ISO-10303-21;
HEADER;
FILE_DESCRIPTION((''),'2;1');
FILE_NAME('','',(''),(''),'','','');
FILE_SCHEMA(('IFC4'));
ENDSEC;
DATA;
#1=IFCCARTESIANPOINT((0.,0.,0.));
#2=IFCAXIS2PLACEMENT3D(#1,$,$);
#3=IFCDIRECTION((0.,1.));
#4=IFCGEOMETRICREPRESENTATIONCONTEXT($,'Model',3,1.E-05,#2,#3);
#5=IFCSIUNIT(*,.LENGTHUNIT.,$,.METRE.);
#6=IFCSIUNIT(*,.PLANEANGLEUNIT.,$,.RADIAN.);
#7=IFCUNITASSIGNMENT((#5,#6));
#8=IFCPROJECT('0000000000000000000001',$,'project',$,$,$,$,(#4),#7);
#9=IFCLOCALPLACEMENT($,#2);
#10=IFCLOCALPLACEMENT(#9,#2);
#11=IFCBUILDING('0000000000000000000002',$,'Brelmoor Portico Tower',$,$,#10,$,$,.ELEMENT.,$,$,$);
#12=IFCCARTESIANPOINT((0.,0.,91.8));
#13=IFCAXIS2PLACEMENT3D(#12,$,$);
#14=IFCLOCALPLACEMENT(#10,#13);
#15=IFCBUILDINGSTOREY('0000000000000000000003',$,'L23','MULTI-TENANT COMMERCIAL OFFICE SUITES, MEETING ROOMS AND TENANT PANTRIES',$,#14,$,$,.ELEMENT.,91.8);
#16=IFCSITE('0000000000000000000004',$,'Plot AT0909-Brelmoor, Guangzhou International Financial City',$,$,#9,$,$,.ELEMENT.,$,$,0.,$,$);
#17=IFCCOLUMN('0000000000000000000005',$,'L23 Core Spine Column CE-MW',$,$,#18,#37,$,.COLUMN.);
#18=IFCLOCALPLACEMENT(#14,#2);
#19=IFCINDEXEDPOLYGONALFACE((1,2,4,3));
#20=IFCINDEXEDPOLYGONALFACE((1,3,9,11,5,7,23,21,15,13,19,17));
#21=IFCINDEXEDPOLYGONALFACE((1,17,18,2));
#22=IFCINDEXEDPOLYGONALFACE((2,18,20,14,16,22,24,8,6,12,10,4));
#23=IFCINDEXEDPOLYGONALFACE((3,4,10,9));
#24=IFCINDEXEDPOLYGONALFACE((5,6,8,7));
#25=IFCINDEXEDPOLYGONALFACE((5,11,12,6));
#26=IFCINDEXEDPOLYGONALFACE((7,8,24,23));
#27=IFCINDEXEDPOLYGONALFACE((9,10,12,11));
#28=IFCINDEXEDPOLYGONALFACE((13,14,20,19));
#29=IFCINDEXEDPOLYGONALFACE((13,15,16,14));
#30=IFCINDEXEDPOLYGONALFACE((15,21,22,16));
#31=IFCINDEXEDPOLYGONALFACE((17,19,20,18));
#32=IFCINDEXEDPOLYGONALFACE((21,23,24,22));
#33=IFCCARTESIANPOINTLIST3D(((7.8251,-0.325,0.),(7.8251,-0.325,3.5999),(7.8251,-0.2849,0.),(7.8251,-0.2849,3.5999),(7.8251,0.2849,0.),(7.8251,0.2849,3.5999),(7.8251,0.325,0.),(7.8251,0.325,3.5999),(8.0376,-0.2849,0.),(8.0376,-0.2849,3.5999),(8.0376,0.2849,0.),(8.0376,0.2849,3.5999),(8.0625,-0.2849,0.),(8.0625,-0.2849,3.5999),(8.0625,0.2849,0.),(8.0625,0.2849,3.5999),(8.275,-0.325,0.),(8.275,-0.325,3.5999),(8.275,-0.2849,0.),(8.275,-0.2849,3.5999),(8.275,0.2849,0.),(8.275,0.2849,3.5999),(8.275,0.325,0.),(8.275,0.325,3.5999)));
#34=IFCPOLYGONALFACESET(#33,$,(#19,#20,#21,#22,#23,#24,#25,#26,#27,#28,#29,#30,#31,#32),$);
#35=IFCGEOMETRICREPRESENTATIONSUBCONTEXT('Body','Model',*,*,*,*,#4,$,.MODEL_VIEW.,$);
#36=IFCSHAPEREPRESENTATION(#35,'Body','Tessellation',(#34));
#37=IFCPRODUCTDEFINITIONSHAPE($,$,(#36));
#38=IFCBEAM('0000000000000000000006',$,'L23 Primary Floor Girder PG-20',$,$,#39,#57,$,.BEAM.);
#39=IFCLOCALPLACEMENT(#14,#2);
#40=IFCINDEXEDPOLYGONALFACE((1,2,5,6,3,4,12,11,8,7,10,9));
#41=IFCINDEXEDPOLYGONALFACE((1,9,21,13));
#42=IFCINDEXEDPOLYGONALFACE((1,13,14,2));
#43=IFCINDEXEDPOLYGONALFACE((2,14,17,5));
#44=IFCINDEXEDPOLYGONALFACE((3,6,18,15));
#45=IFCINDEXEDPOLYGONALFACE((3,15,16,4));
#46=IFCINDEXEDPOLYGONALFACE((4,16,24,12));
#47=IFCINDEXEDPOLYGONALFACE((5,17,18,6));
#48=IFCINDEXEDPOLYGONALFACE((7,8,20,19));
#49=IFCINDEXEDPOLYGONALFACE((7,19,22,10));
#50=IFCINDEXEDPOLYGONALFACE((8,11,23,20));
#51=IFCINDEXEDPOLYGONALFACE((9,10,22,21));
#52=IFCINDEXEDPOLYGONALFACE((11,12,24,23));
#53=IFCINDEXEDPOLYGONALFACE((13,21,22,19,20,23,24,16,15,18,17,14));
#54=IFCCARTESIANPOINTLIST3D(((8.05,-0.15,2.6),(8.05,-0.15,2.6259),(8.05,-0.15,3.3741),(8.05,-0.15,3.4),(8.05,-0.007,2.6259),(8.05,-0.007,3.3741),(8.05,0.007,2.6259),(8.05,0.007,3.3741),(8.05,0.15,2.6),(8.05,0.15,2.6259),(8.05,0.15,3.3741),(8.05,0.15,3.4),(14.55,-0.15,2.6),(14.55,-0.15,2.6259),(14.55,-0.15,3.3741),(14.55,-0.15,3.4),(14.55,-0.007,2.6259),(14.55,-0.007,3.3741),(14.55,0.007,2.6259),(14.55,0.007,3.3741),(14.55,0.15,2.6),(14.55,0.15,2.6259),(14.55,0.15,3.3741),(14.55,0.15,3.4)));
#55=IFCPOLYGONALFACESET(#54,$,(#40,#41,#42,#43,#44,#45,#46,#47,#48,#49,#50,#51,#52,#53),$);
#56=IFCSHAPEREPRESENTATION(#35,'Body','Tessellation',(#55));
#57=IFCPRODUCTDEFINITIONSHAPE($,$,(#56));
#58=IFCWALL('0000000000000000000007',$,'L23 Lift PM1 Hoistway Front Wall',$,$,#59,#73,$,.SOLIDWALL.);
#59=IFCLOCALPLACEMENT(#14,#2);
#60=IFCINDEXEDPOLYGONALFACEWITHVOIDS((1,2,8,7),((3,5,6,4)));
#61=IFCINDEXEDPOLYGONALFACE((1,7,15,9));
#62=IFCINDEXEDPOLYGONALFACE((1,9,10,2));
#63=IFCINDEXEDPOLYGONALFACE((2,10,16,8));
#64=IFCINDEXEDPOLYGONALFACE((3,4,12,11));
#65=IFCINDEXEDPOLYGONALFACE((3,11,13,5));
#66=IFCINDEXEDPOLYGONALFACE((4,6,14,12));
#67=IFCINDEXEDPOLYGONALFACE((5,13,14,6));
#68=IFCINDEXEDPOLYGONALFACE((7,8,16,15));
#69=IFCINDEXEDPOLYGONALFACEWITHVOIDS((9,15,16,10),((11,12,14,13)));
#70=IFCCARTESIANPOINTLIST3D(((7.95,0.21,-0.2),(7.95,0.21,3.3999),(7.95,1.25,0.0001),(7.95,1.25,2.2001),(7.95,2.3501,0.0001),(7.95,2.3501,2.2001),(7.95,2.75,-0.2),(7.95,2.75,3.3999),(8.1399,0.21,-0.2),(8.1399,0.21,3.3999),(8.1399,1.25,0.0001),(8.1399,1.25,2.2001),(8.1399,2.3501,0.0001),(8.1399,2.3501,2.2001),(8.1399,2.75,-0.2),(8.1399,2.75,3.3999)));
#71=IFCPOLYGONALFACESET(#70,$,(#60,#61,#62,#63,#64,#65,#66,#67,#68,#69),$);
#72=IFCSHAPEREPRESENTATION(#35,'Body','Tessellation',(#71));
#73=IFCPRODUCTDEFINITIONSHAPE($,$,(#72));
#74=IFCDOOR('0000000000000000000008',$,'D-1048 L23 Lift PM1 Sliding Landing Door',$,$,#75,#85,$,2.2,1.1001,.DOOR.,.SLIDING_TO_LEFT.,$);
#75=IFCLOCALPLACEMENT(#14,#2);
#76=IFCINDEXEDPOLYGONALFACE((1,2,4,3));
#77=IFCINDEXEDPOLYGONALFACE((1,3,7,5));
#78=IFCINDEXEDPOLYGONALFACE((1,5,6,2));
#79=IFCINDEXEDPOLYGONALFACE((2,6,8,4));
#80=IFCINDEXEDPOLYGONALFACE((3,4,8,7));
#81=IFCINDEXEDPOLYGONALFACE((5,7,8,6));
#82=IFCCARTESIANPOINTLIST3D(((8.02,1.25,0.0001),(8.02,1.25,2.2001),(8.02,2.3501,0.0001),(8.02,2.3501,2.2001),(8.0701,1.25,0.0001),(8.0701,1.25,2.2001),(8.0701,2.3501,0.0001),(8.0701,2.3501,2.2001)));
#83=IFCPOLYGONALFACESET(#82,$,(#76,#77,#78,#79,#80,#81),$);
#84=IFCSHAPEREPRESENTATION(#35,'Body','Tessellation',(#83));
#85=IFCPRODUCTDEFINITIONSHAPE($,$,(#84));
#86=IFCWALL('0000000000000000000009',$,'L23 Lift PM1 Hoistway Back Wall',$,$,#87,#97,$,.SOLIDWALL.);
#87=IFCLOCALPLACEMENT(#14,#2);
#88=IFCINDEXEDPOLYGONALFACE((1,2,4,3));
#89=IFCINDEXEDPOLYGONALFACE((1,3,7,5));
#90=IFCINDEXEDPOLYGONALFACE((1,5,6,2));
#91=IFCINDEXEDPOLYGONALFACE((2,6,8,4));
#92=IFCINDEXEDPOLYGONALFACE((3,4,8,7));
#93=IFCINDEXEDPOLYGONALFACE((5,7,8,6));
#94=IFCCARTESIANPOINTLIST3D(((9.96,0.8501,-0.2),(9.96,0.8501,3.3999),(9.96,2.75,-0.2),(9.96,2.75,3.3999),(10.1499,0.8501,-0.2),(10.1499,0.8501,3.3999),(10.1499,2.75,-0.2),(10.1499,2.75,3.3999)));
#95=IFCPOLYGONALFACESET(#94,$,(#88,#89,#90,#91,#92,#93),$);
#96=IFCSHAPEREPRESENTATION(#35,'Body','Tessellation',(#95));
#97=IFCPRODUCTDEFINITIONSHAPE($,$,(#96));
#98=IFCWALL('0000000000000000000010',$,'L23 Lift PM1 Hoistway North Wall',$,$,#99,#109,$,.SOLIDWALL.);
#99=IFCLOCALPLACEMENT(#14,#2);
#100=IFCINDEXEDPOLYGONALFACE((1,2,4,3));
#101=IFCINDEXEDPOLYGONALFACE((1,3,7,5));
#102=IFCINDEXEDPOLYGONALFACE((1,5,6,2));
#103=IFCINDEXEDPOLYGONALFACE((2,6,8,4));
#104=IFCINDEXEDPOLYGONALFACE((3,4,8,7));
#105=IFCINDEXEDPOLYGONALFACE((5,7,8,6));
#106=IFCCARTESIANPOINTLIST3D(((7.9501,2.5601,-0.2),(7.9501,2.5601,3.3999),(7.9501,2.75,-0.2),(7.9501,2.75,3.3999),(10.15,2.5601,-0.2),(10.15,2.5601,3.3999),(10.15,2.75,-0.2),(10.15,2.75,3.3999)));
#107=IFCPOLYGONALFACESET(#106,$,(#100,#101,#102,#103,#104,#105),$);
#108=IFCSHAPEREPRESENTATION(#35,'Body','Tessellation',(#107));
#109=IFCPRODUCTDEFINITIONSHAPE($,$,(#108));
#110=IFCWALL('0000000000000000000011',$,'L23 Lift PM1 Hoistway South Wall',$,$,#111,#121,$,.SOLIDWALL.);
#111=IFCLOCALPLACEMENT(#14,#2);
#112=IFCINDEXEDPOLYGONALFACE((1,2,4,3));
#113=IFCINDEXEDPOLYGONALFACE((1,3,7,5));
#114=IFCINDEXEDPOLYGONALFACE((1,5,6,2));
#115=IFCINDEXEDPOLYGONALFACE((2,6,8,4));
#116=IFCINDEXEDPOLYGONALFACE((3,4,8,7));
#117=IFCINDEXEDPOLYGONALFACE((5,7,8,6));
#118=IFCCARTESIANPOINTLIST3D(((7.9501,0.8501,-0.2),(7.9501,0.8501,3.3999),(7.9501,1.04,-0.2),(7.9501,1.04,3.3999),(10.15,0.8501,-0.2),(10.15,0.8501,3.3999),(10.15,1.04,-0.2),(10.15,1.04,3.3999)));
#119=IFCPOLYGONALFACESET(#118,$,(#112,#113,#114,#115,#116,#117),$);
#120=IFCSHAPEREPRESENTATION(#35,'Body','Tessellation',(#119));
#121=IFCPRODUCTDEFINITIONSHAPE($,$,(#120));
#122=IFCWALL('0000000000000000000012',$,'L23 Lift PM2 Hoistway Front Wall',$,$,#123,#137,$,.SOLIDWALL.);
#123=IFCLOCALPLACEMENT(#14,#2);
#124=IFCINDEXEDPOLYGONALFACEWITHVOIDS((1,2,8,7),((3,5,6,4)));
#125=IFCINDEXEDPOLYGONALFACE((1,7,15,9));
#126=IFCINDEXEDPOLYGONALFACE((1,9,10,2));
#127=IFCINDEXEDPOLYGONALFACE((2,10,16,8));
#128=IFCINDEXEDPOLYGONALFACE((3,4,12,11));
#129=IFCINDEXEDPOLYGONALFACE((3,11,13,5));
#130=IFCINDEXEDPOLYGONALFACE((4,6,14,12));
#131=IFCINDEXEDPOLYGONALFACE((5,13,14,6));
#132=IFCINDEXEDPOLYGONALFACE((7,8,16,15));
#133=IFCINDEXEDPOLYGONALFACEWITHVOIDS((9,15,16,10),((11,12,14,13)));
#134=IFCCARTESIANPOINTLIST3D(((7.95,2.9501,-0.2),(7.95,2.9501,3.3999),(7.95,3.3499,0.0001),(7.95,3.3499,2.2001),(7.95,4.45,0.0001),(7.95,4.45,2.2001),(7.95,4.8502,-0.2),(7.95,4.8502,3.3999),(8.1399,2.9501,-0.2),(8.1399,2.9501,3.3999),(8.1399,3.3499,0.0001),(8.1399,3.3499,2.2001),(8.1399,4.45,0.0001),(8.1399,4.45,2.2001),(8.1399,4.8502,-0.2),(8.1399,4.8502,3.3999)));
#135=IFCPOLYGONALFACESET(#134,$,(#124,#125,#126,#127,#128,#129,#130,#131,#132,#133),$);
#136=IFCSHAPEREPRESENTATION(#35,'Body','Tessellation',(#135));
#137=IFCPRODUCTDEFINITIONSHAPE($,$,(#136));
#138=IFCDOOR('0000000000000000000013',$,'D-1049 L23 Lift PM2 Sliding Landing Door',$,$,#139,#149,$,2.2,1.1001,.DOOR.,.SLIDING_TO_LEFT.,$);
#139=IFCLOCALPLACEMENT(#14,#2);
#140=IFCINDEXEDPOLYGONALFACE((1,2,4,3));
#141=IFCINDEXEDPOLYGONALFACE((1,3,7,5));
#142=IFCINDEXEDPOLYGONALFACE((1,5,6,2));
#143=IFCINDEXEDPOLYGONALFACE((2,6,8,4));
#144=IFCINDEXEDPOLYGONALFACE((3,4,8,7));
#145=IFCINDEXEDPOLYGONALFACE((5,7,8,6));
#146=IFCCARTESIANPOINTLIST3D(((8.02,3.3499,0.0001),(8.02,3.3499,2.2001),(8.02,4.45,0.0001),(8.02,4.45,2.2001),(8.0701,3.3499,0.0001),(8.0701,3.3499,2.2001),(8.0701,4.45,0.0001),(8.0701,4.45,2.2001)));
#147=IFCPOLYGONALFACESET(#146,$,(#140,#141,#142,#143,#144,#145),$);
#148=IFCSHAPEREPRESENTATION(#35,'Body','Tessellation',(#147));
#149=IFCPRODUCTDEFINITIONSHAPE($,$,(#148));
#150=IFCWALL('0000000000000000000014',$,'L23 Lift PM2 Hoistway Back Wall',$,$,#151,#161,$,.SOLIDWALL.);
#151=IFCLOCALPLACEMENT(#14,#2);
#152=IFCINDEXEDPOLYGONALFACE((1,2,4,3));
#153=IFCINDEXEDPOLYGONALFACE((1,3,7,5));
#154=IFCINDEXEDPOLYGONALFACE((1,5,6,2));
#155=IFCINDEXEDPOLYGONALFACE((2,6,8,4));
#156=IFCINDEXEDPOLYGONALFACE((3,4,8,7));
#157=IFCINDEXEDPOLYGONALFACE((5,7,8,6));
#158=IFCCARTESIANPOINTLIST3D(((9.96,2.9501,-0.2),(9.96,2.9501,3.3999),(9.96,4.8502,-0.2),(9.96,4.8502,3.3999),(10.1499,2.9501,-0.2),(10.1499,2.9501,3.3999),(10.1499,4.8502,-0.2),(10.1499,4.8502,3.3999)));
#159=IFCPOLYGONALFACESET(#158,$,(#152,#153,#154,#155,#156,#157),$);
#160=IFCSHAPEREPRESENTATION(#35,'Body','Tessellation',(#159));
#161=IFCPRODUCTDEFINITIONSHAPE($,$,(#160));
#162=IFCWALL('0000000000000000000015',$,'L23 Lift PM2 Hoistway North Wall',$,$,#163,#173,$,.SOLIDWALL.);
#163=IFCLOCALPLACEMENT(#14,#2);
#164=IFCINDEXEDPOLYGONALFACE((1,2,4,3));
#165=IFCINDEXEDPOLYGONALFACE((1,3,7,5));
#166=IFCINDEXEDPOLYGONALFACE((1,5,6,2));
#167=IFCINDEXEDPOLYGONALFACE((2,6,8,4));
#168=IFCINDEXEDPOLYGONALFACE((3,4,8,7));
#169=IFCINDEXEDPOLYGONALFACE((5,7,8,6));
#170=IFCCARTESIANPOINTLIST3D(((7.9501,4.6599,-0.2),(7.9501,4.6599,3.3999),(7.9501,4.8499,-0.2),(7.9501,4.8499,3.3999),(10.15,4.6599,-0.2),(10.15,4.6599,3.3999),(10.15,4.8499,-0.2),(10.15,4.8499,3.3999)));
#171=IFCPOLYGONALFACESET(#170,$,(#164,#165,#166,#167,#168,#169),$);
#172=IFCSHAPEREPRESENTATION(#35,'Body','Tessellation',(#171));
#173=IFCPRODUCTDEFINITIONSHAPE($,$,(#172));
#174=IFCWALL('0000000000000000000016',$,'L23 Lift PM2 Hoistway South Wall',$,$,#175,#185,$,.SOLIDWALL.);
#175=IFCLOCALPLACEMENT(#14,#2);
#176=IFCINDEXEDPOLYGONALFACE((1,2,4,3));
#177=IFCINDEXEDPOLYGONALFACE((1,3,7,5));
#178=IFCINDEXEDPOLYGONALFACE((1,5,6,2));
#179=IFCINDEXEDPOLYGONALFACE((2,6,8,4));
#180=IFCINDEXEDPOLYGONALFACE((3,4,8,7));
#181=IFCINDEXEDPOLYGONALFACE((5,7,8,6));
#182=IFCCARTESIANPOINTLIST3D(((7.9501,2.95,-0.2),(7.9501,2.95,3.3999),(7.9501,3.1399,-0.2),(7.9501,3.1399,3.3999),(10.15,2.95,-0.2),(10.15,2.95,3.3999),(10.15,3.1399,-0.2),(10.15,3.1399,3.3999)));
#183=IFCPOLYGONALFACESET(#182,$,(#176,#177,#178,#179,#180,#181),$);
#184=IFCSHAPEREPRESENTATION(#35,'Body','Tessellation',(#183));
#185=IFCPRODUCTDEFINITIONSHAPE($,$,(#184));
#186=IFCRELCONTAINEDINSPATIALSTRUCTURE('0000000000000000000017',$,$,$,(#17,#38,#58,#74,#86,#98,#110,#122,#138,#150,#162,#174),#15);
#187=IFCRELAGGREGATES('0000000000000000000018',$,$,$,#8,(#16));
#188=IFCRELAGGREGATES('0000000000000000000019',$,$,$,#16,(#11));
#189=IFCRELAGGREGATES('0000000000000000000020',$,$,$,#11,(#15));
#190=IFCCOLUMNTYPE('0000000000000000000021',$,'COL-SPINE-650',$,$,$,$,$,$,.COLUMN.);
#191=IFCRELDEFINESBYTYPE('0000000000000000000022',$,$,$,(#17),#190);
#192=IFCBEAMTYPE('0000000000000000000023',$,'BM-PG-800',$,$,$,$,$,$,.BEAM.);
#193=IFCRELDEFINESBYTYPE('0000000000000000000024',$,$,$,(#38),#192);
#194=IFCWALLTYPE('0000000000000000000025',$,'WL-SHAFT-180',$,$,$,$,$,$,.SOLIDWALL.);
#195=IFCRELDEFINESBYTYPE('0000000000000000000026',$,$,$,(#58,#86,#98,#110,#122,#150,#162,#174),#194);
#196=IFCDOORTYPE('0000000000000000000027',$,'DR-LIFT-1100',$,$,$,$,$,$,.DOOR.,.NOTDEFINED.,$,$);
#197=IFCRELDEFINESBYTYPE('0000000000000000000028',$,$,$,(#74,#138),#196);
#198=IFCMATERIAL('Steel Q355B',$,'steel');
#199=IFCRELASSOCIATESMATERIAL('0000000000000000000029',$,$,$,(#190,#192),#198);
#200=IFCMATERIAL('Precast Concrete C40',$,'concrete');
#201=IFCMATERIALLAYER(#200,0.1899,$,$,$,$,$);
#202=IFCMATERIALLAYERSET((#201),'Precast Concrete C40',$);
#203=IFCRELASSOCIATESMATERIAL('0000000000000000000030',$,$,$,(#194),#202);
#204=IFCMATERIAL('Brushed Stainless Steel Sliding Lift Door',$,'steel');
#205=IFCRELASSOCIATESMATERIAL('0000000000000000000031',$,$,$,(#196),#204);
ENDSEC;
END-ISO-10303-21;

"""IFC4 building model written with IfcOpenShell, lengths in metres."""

from ifc_helpers import new_model, si_unit, direction, frame, frame_2d, origin, origin_2d, place, context, subcontext, project, spatial, rectangle, i_section, extrude, material, layer, layer_set, material_profile, profile_set, type_object, element, fill, save


model = new_model("IFC4")

# Units and contexts
model_context = context("Model", 3, precision=1e-05, world=origin(), true_north=direction((0.0, 1.0)))
body_context = subcontext(model_context, "Body", "Model", "MODEL_VIEW")
ifc_project = project(units=[si_unit("LENGTHUNIT", "METRE"), si_unit("PLANEANGLEUNIT", "RADIAN")], contexts=[model_context])

# Site, building, storey
site_placement = place(None, origin())
site = spatial("IfcSite", under=ifc_project, at=site_placement, Name="Plot AT0909-Brelmoor, Guangzhou International Financial City", CompositionType="ELEMENT", RefElevation=0.0)
building_placement = place(site_placement, origin())
building = spatial("IfcBuilding", under=site, at=building_placement, Name="Brelmoor Portico Tower", CompositionType="ELEMENT")
storey_placement = place(building_placement, frame((0.0, 0.0, 91.8)))
storey = spatial("IfcBuildingStorey", under=building, at=storey_placement, Name="L23", Description="MULTI-TENANT COMMERCIAL OFFICE SUITES, MEETING ROOMS AND TENANT PANTRIES", CompositionType="ELEMENT", Elevation=91.8)

# Column
ifc_material_1 = material(Name="Steel Q355B", Category="steel")
ifc_material_profile_1 = material_profile(ifc_material_1, i_section(OverallWidth=0.45, OverallDepth=0.6499, WebThickness=0.0249, FlangeThickness=0.04, at=origin_2d()), Name="HW 650x450x25x40")
ifc_profile_set_1 = profile_set([ifc_material_profile_1], Name="Steel Q355B")
column_type = type_object("IfcColumnType", Name="COL-SPINE-650", PredefinedType="COLUMN", material=ifc_profile_set_1)
column_placement = place(storey_placement, frame((8.05, 0.0, 0.0), z_axis=(0.0, 0.0, 1.0), x_axis=(1.0, 0.0, 0.0)))
element("IfcColumn", 1, at=column_placement, inside=storey, type_object=column_type, Name="L23 Core Spine Column CE-MW", PredefinedType="COLUMN", context=body_context, shape_type="SweptSolid", body=[
    extrude(i_section(OverallWidth=0.45, OverallDepth=0.6499, WebThickness=0.0249, FlangeThickness=0.04, at=origin_2d()), origin(), (0.0, 0.0, 1.0), 3.5999),
])

# Beam
ifc_material_profile_2 = material_profile(ifc_material_1, i_section(OverallWidth=0.3, OverallDepth=0.8, WebThickness=0.0139, FlangeThickness=0.0259, at=origin_2d()), Name="HN 800x300x14x26")
ifc_profile_set_2 = profile_set([ifc_material_profile_2], Name="Steel Q355B")
beam_type = type_object("IfcBeamType", Name="BM-PG-800", PredefinedType="BEAM", material=ifc_profile_set_2)
beam_placement = place(storey_placement, frame((8.05, 0.0, 3.0), z_axis=(1.0, 0.0, 0.0), x_axis=(0.0, 1.0, 0.0)))
element("IfcBeam", 2, at=beam_placement, inside=storey, type_object=beam_type, Name="L23 Primary Floor Girder PG-20", PredefinedType="BEAM", context=body_context, shape_type="SweptSolid", body=[
    extrude(i_section(OverallWidth=0.3, OverallDepth=0.8, WebThickness=0.0139, FlangeThickness=0.0259, at=origin_2d()), origin(), (0.0, 0.0, 1.0), 6.5),
])

# Wall, opening, door
ifc_material_2 = material(Name="Precast Concrete C40", Category="concrete")
ifc_layer_1 = layer(ifc_material_2, 0.1899)
ifc_layer_set_1 = layer_set([ifc_layer_1], Name="Precast Concrete C40")
wall_type_1 = type_object("IfcWallType", Name="WL-SHAFT-180", PredefinedType="SOLIDWALL", material=ifc_layer_set_1)
wall_1_placement = place(storey_placement, frame((8.0449, 0.21, -0.2), z_axis=(0.0, 0.0, 1.0), x_axis=(0.0, 1.0, 0.0)))
wall_1 = element("IfcWall", 3, at=wall_1_placement, inside=storey, type_object=wall_type_1, Name="L23 Lift PM1 Hoistway Front Wall", PredefinedType="SOLIDWALL", context=body_context, shape_type="SweptSolid", body=[
    extrude(rectangle(XDim=2.54, YDim=0.1899, at=frame_2d((1.27, 0.0))), origin(), (0.0, 0.0, 1.0), 3.5999),
])
opening_1_placement = place(wall_1_placement, frame((1.04, 0.0, 0.2)))
opening_1 = element("IfcOpeningElement", 4, at=opening_1_placement, cuts=wall_1, PredefinedType="OPENING", context=body_context, shape_type="SweptSolid", body=[
    extrude(rectangle(XDim=1.1001, YDim=2.2, at=frame_2d((0.55, 1.1001))), frame((0.0, 0.105, 0.0), z_axis=(0.0, -1.0, 0.0), x_axis=(1.0, 0.0, 0.0)), (0.0, 0.0, 1.0), 0.21),
])
ifc_material_3 = material(Name="Brushed Stainless Steel Sliding Lift Door", Category="steel")
door_type_1 = type_object("IfcDoorType", Name="DR-LIFT-1100", OperationType="NOTDEFINED", PredefinedType="DOOR", material=ifc_material_3)
door_1_placement = place(opening_1_placement, origin())
door_1 = element("IfcDoor", 5, at=door_1_placement, inside=storey, type_object=door_type_1, Name="D-1048 L23 Lift PM1 Sliding Landing Door", OperationType="SLIDING_TO_LEFT", OverallHeight=2.2, OverallWidth=1.1001, PredefinedType="DOOR", context=body_context, shape_type="SweptSolid", body=[
    extrude(rectangle(XDim=1.1001, YDim=2.2, at=frame_2d((0.55, 1.1001))), frame((0.0, 0.0249, 0.0), z_axis=(0.0, -1.0, 0.0), x_axis=(1.0, 0.0, 0.0)), (0.0, 0.0, 1.0), 0.05),
])
fill(opening_1, door_1)

# Walls
wall_2_placement = place(storey_placement, frame((10.0549, 0.8501, -0.2), z_axis=(0.0, 0.0, 1.0), x_axis=(0.0, 1.0, 0.0)))
element("IfcWall", 6, at=wall_2_placement, inside=storey, type_object=wall_type_1, Name="L23 Lift PM1 Hoistway Back Wall", PredefinedType="SOLIDWALL", context=body_context, shape_type="SweptSolid", body=[
    extrude(rectangle(XDim=1.8999, YDim=0.1899, at=frame_2d((0.95, 0.0))), origin(), (0.0, 0.0, 1.0), 3.5999),
])
for number, where, z_axis, x_axis, name in (
    (7, (7.95, 2.655, -0.2), (0.0, 0.0, 1.0), (1.0, 0.0, 0.0), "L23 Lift PM1 Hoistway North Wall"),
    (8, (7.95, 0.9451, -0.2), (0.0, 0.0, 1.0), (1.0, 0.0, 0.0), "L23 Lift PM1 Hoistway South Wall"),
):
    element("IfcWall", number, at=place(storey_placement, frame(where, z_axis=z_axis, x_axis=x_axis)), inside=storey, type_object=wall_type_1, Name=name, PredefinedType="SOLIDWALL", context=body_context, shape_type="SweptSolid", body=[
        extrude(rectangle(XDim=2.2, YDim=0.1899, at=frame_2d((1.1001, 0.0))), origin(), (0.0, 0.0, 1.0), 3.5999),
    ])

# Wall, opening, door
wall_3_placement = place(storey_placement, frame((8.0449, 2.95, -0.2), z_axis=(0.0, 0.0, 1.0), x_axis=(0.0, 1.0, 0.0)))
wall_3 = element("IfcWall", 9, at=wall_3_placement, inside=storey, type_object=wall_type_1, Name="L23 Lift PM2 Hoistway Front Wall", PredefinedType="SOLIDWALL", context=body_context, shape_type="SweptSolid", body=[
    extrude(rectangle(XDim=1.9001, YDim=0.1899, at=frame_2d((0.9502, 0.0))), origin(), (0.0, 0.0, 1.0), 3.5999),
])
opening_2_placement = place(wall_3_placement, frame((0.3999, 0.0, 0.2)))
opening_2 = element("IfcOpeningElement", 10, at=opening_2_placement, cuts=wall_3, PredefinedType="OPENING", context=body_context, shape_type="SweptSolid", body=[
    extrude(rectangle(XDim=1.1001, YDim=2.2, at=frame_2d((0.55, 1.1001))), frame((0.0, 0.105, 0.0), z_axis=(0.0, -1.0, 0.0), x_axis=(1.0, 0.0, 0.0)), (0.0, 0.0, 1.0), 0.21),
])
door_2_placement = place(opening_2_placement, origin())
door_2 = element("IfcDoor", 11, at=door_2_placement, inside=storey, type_object=door_type_1, Name="D-1049 L23 Lift PM2 Sliding Landing Door", OperationType="SLIDING_TO_LEFT", OverallHeight=2.2, OverallWidth=1.1001, PredefinedType="DOOR", context=body_context, shape_type="SweptSolid", body=[
    extrude(rectangle(XDim=1.1001, YDim=2.2, at=frame_2d((0.55, 1.1001))), frame((0.0, 0.0249, 0.0), z_axis=(0.0, -1.0, 0.0), x_axis=(1.0, 0.0, 0.0)), (0.0, 0.0, 1.0), 0.05),
])
fill(opening_2, door_2)

# Walls
wall_4_placement = place(storey_placement, frame((10.0549, 2.95, -0.2), z_axis=(0.0, 0.0, 1.0), x_axis=(0.0, 1.0, 0.0)))
element("IfcWall", 12, at=wall_4_placement, inside=storey, type_object=wall_type_1, Name="L23 Lift PM2 Hoistway Back Wall", PredefinedType="SOLIDWALL", context=body_context, shape_type="SweptSolid", body=[
    extrude(rectangle(XDim=1.9001, YDim=0.1899, at=frame_2d((0.9502, 0.0))), origin(), (0.0, 0.0, 1.0), 3.5999),
])
for number, where, z_axis, x_axis, name in (
    (13, (7.95, 4.7549, -0.2), (0.0, 0.0, 1.0), (1.0, 0.0, 0.0), "L23 Lift PM2 Hoistway North Wall"),
    (14, (7.95, 3.0449, -0.2), (0.0, 0.0, 1.0), (1.0, 0.0, 0.0), "L23 Lift PM2 Hoistway South Wall"),
):
    element("IfcWall", number, at=place(storey_placement, frame(where, z_axis=z_axis, x_axis=x_axis)), inside=storey, type_object=wall_type_1, Name=name, PredefinedType="SOLIDWALL", context=body_context, shape_type="SweptSolid", body=[
        extrude(rectangle(XDim=2.2, YDim=0.1899, at=frame_2d((1.1001, 0.0))), origin(), (0.0, 0.0, 1.0), 3.5999),
    ])

save(model, "model.ifc")
